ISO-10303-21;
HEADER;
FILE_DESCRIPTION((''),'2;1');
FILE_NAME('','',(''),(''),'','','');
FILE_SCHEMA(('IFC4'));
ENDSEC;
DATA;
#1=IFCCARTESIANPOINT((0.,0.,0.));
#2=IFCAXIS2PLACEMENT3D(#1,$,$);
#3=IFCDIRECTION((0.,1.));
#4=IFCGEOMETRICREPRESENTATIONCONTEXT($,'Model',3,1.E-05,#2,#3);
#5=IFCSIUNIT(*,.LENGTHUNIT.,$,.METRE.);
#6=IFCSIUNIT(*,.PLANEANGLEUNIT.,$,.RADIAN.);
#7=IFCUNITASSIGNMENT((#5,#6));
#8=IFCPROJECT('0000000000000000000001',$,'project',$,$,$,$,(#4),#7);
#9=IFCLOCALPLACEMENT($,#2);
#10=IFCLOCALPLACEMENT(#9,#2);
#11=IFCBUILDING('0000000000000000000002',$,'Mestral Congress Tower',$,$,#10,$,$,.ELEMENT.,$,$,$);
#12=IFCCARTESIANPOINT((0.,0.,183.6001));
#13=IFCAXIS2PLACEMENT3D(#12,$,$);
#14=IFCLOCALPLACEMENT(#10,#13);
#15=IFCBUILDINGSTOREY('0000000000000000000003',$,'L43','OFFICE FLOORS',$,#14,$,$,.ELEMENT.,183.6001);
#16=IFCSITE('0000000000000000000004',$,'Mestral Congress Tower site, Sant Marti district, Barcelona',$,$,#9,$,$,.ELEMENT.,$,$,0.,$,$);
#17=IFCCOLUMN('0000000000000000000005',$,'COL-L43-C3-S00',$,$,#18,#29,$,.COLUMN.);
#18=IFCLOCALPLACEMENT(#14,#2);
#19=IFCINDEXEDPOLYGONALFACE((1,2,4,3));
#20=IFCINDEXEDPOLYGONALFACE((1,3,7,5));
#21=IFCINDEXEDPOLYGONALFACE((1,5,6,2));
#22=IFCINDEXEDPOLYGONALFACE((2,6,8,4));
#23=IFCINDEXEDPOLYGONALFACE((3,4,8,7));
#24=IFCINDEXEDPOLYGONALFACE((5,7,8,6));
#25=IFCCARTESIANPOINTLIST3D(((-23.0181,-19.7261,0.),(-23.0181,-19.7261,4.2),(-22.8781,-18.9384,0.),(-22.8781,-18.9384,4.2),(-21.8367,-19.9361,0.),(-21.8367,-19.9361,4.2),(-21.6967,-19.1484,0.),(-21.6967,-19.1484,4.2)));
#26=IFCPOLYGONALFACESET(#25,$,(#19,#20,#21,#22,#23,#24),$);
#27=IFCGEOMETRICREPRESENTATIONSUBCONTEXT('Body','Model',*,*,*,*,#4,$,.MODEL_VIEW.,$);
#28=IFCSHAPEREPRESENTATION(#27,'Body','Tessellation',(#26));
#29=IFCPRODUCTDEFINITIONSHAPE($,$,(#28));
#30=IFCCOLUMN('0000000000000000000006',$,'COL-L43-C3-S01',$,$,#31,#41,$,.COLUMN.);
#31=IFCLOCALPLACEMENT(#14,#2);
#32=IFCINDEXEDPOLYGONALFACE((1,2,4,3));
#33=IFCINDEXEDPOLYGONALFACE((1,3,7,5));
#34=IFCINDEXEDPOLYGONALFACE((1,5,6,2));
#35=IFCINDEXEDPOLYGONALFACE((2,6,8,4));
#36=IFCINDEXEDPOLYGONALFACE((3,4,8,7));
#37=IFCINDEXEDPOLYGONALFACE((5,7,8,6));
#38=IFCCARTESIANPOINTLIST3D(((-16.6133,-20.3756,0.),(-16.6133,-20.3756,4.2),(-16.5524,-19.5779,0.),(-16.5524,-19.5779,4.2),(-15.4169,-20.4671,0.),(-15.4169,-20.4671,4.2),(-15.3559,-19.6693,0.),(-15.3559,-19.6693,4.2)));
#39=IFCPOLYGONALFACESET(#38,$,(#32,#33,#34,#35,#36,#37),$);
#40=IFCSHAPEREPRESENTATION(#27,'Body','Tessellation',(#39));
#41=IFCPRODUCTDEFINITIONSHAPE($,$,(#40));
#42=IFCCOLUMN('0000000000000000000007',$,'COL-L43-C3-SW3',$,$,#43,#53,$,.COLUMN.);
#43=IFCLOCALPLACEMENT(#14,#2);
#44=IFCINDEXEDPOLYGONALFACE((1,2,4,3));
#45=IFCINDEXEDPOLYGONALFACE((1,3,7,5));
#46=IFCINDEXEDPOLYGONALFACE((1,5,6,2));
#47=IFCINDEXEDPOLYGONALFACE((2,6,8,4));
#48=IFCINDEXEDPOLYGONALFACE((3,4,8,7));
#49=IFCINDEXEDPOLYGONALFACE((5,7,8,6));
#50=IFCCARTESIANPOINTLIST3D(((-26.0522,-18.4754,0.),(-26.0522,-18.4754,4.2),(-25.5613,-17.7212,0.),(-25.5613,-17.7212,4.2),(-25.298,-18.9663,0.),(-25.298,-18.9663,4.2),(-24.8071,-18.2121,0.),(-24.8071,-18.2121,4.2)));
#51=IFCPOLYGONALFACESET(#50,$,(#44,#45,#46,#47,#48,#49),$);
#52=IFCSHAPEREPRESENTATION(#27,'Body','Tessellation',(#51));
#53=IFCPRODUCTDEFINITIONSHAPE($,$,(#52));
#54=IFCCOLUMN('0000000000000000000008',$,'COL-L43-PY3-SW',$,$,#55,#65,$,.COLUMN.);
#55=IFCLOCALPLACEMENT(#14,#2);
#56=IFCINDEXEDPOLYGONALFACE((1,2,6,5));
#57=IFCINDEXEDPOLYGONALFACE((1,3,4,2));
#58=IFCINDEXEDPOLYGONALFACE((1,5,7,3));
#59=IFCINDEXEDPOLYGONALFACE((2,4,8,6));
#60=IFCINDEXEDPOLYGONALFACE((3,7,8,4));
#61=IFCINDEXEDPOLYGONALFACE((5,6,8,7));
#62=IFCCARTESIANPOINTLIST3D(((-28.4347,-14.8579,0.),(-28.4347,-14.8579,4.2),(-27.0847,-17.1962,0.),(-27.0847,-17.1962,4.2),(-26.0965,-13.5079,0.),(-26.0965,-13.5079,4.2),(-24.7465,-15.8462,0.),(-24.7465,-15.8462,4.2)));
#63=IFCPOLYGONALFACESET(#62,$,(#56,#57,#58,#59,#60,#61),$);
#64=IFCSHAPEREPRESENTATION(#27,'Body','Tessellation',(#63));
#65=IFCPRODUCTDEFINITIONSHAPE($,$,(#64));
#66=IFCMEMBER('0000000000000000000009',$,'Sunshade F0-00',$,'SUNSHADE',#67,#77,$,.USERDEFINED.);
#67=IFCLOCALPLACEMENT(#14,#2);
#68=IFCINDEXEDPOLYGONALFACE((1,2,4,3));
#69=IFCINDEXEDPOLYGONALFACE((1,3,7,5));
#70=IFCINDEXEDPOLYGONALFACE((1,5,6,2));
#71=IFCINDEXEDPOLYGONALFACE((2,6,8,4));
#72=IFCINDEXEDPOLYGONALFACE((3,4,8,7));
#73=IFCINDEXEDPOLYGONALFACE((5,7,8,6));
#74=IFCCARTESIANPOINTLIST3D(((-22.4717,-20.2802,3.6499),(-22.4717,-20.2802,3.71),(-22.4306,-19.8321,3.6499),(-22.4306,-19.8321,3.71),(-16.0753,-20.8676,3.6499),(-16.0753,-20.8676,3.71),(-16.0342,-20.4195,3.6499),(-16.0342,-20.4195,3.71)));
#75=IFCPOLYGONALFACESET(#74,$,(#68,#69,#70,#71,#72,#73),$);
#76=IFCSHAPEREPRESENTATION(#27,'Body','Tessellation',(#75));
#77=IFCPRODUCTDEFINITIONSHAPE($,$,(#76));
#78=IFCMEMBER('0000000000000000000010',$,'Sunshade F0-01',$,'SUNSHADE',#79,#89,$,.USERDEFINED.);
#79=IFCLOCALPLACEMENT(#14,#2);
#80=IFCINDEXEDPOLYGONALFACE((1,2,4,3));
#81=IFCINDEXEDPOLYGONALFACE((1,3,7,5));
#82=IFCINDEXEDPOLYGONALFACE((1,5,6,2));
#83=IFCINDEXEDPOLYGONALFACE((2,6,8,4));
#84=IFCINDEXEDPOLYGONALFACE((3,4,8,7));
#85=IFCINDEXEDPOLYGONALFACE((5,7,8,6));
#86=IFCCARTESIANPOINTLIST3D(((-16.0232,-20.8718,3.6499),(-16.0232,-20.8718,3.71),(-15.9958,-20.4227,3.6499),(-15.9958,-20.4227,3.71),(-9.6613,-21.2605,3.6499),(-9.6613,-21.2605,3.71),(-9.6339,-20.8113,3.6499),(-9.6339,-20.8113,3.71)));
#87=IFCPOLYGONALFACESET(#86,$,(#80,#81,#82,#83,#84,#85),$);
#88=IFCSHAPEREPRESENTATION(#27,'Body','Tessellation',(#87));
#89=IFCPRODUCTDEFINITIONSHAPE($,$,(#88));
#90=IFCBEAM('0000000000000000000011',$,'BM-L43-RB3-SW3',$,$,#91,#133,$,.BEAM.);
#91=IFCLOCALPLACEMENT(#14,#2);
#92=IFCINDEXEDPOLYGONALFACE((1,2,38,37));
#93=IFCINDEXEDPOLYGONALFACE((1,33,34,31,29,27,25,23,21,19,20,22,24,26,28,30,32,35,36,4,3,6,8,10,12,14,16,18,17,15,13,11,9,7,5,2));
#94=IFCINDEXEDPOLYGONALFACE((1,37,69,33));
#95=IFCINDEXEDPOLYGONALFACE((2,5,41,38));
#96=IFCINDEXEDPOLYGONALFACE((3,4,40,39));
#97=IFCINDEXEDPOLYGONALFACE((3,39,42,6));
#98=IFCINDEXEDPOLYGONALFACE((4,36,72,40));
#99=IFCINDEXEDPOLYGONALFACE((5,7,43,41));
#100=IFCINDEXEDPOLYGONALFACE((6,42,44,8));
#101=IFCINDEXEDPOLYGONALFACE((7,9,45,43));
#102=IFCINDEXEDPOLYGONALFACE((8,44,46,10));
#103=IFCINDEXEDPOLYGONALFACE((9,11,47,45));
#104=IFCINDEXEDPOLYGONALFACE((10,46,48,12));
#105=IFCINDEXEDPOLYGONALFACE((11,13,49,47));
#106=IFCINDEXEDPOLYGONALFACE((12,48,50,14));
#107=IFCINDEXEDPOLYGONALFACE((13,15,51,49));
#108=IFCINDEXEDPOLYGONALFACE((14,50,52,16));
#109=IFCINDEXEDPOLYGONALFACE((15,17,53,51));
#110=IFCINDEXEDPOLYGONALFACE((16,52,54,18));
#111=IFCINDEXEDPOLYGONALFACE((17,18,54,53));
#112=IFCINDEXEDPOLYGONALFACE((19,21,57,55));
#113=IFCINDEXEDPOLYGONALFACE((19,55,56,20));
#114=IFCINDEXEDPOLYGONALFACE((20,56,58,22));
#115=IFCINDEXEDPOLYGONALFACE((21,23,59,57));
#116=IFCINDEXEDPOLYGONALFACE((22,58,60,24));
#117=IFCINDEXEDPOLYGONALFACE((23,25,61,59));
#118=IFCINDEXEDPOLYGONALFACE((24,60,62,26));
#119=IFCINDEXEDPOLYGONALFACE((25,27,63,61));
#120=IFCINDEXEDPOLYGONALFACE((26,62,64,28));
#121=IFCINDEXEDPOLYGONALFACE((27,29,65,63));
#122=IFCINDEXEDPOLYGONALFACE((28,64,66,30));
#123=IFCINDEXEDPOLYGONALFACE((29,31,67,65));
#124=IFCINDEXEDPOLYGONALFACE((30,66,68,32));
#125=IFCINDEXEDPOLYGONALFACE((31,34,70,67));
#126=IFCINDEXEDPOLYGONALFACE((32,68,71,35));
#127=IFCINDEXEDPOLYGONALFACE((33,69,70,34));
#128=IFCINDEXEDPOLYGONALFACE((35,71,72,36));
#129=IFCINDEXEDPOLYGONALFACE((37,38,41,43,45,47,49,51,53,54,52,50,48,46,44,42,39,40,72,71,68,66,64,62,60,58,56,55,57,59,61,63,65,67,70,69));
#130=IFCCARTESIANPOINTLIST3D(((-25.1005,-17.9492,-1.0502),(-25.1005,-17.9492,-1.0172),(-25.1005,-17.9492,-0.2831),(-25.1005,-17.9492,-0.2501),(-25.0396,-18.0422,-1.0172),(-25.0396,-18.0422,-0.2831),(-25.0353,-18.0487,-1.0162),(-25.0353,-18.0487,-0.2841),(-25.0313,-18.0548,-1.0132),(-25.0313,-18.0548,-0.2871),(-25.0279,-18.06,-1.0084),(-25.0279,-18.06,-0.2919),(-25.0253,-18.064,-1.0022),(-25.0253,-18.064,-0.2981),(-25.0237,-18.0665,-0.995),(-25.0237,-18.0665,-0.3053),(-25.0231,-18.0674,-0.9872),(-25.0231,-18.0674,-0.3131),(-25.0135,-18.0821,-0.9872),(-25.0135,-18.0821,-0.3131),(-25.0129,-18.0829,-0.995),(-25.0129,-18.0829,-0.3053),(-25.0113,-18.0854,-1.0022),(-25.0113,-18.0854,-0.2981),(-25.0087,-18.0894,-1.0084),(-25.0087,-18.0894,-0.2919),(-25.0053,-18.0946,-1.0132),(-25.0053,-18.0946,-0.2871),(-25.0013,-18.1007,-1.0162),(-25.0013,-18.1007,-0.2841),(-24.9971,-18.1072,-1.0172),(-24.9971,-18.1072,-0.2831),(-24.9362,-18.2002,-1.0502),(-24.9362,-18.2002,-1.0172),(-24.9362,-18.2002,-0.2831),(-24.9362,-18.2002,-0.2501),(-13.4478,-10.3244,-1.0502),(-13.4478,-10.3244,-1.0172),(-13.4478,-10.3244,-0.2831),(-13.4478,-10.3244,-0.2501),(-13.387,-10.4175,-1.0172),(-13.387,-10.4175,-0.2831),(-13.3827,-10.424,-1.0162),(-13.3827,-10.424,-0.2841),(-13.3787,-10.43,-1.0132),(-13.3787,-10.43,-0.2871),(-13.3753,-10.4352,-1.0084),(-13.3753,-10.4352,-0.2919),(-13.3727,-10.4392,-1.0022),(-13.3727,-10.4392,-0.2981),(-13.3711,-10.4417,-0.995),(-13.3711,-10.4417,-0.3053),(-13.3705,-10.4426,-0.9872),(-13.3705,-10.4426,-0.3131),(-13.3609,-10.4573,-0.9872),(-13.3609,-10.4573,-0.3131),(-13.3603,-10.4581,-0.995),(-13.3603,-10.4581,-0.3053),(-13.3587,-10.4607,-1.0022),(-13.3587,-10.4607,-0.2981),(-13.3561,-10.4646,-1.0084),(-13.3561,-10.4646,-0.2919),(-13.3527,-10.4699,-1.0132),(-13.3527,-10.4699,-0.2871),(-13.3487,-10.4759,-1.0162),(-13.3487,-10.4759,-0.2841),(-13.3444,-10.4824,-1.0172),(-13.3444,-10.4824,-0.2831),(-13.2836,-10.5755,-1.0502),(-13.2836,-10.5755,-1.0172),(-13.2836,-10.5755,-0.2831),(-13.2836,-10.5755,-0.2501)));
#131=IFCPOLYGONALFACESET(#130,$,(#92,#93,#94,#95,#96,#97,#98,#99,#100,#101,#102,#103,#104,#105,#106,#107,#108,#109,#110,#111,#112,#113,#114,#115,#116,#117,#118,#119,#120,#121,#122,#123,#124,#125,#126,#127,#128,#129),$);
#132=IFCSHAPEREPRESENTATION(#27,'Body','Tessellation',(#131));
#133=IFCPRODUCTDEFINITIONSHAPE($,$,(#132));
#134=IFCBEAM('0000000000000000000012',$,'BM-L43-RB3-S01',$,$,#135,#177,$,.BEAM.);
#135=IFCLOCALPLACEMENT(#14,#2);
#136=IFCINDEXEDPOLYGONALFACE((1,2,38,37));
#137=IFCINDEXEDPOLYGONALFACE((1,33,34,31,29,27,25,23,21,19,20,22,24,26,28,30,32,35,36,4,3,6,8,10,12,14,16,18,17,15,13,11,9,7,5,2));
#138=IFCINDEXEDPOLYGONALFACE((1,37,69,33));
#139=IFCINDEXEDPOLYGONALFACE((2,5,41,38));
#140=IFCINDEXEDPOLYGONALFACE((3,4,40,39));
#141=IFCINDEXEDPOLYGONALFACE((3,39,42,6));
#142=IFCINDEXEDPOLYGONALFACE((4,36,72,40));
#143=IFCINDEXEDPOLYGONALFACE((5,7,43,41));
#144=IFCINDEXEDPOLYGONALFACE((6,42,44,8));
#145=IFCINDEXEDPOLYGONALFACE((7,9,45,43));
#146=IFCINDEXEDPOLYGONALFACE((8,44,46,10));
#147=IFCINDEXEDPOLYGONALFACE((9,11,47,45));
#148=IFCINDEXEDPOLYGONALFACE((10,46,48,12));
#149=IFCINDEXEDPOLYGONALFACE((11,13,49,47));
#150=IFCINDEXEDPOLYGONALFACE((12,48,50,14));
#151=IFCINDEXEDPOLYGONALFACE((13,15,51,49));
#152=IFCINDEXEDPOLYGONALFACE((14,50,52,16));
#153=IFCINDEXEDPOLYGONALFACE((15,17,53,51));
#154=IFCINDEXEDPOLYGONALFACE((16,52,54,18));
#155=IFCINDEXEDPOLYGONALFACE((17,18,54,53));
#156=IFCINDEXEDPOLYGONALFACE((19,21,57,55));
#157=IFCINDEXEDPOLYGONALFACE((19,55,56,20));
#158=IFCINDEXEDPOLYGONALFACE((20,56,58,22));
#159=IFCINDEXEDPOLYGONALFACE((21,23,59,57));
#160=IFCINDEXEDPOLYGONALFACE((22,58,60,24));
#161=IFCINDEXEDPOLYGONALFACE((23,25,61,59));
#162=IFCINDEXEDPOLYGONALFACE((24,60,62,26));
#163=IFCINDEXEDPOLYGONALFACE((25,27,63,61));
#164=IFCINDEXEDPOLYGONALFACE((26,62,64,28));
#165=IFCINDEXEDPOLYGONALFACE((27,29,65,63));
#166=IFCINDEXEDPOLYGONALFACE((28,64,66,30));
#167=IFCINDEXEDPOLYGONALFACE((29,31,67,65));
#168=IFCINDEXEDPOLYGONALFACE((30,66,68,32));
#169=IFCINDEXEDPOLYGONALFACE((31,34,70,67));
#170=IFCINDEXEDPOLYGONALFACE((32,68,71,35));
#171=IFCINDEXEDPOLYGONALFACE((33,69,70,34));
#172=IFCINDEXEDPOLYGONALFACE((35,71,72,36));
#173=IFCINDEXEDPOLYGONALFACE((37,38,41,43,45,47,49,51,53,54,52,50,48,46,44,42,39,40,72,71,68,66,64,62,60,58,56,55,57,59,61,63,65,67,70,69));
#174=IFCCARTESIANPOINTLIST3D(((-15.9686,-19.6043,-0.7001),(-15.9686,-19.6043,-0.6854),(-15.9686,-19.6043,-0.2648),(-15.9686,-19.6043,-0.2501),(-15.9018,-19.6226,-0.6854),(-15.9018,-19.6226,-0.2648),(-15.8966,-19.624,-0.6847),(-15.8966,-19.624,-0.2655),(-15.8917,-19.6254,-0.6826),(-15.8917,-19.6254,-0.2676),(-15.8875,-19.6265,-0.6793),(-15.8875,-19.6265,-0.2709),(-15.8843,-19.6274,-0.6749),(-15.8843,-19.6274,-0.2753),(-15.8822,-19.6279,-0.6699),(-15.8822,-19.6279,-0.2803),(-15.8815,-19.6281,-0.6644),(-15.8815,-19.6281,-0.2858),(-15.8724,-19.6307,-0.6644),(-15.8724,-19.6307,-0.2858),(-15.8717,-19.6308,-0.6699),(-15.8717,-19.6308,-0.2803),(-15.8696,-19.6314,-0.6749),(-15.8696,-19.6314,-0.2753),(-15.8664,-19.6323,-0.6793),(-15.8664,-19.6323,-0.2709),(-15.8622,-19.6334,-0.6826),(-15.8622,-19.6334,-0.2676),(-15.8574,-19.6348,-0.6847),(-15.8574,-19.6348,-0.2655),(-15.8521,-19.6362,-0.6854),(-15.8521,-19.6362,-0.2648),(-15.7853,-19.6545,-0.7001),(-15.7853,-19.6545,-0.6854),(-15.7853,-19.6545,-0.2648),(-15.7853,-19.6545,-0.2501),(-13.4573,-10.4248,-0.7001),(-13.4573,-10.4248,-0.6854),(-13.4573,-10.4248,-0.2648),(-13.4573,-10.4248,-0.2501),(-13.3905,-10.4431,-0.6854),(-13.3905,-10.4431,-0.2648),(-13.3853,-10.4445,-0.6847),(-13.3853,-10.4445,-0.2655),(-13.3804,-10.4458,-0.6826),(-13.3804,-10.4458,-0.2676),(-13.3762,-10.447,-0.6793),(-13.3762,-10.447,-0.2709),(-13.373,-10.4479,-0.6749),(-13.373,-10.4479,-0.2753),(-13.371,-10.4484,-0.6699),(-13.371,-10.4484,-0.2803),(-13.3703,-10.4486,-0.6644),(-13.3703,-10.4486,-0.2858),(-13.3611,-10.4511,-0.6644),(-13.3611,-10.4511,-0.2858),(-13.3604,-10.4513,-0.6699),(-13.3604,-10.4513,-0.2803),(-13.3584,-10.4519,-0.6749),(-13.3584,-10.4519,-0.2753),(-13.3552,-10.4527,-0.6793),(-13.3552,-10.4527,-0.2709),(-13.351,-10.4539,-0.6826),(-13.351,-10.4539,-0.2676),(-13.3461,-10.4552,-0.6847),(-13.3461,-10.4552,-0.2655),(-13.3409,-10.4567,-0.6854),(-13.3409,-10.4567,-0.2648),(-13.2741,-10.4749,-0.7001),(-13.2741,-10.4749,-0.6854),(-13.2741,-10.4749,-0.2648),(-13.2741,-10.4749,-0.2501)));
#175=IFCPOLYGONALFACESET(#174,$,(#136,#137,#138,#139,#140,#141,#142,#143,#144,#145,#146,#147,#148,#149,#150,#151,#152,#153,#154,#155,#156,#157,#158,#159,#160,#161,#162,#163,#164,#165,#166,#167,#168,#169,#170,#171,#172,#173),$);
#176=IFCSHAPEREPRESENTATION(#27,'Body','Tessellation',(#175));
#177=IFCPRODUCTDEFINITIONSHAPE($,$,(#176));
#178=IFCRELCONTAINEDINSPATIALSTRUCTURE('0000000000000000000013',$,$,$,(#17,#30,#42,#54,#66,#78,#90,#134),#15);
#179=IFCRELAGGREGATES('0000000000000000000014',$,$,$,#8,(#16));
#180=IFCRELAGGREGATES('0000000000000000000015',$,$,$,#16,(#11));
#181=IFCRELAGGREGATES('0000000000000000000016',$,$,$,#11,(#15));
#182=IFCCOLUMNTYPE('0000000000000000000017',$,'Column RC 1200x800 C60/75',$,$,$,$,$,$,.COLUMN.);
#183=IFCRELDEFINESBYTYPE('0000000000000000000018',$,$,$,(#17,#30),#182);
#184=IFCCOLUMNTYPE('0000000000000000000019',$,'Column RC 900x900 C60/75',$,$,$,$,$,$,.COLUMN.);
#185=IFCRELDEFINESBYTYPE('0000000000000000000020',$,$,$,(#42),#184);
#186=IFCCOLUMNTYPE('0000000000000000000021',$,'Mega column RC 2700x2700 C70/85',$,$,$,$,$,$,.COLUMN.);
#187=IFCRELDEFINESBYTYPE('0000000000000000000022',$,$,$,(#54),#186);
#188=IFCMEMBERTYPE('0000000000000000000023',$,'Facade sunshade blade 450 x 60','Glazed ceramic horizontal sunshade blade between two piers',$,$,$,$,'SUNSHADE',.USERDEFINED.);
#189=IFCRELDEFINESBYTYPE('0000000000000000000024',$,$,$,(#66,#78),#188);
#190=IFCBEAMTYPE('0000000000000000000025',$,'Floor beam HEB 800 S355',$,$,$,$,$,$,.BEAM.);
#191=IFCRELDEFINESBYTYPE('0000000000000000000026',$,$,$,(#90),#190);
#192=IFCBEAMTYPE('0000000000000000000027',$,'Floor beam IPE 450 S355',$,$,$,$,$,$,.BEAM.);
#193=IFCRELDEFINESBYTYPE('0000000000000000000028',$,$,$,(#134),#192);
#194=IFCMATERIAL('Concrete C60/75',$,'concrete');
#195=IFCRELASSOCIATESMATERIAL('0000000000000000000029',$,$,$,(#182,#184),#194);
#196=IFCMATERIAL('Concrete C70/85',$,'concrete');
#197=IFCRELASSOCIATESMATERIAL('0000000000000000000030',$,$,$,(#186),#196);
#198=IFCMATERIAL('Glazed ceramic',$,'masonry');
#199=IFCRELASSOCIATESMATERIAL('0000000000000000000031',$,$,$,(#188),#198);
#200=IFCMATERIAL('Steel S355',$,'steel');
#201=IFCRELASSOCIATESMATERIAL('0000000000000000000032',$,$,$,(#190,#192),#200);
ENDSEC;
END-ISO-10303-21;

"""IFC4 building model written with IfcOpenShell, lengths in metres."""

from ifc_helpers import new_model, si_unit, direction, frame, origin, origin_2d, place, context, subcontext, project, spatial, rectangle, i_section, extrude, material, material_profile, profile_set, type_object, element, save


model = new_model("IFC4")

# Units and contexts
model_context = context("Model", 3, precision=1e-05, world=origin(), true_north=direction((0.0, 1.0)))
body_context = subcontext(model_context, "Body", "Model", "MODEL_VIEW")
ifc_project = project(units=[si_unit("LENGTHUNIT", "METRE"), si_unit("PLANEANGLEUNIT", "RADIAN")], contexts=[model_context])

# Site, building, storey
site_placement = place(None, origin())
site = spatial("IfcSite", under=ifc_project, at=site_placement, Name="Mestral Congress Tower site, Sant Marti district, Barcelona", CompositionType="ELEMENT", RefElevation=0.0)
building_placement = place(site_placement, origin())
building = spatial("IfcBuilding", under=site, at=building_placement, Name="Mestral Congress Tower", CompositionType="ELEMENT")
storey_placement = place(building_placement, frame((0.0, 0.0, 183.6001)))
storey = spatial("IfcBuildingStorey", under=building, at=storey_placement, Name="L43", Description="OFFICE FLOORS", CompositionType="ELEMENT", Elevation=183.6001)

# Columns
ifc_material_1 = material(Name="Concrete C60/75", Category="concrete")
ifc_material_profile_1 = material_profile(ifc_material_1, rectangle(XDim=1.2, YDim=0.8, at=origin_2d()), Name="RC 1200x800")
ifc_profile_set_1 = profile_set([ifc_material_profile_1], Name="Concrete C60/75")
column_type_1 = type_object("IfcColumnType", Name="Column RC 1200x800 C60/75", PredefinedType="COLUMN", material=ifc_profile_set_1)
for number, where, z_axis, x_axis, name in (
    (1, (-22.3574, -19.4373, 0.0), (0.0, 0.0, 1.0), (0.984571, -0.174985, 0.0), "COL-L43-C3-S00"),
    (2, (-15.9846, -20.0225, 0.0), (0.0, 0.0, 1.0), (0.99709, -0.076237, 0.0), "COL-L43-C3-S01"),
):
    element("IfcColumn", number, at=place(storey_placement, frame(where, z_axis=z_axis, x_axis=x_axis)), inside=storey, type_object=column_type_1, Name=name, PredefinedType="COLUMN", context=body_context, shape_type="SweptSolid", body=[
        extrude(rectangle(XDim=1.2, YDim=0.8, at=origin_2d()), origin(), (0.0, 0.0, 1.0), 4.2),
    ])
ifc_material_profile_2 = material_profile(ifc_material_1, rectangle(XDim=0.8999, YDim=0.8999, at=origin_2d()), Name="RC 900x900")
ifc_profile_set_2 = profile_set([ifc_material_profile_2], Name="Concrete C60/75")
column_type_2 = type_object("IfcColumnType", Name="Column RC 900x900 C60/75", PredefinedType="COLUMN", material=ifc_profile_set_2)
column_1_placement = place(storey_placement, frame((-25.4297, -18.3438, 0.0), z_axis=(0.0, 0.0, 1.0), x_axis=(0.838094, -0.545526, 0.0)))
element("IfcColumn", 3, at=column_1_placement, inside=storey, type_object=column_type_2, Name="COL-L43-C3-SW3", PredefinedType="COLUMN", context=body_context, shape_type="SweptSolid", body=[
    extrude(rectangle(XDim=0.8999, YDim=0.8999, at=origin_2d()), origin(), (0.0, 0.0, 1.0), 4.2),
])
ifc_material_2 = material(Name="Concrete C70/85", Category="concrete")
ifc_material_profile_3 = material_profile(ifc_material_2, rectangle(XDim=2.7, YDim=2.7, at=origin_2d()), Name="RC 2700x2700")
ifc_profile_set_3 = profile_set([ifc_material_profile_3], Name="Concrete C70/85")
column_type_3 = type_object("IfcColumnType", Name="Mega column RC 2700x2700 C70/85", PredefinedType="COLUMN", material=ifc_profile_set_3)
column_2_placement = place(storey_placement, frame((-26.5906, -15.3521, 0.0), z_axis=(0.0, 0.0, 1.0), x_axis=(-0.866025, -0.5, 0.0)))
element("IfcColumn", 4, at=column_2_placement, inside=storey, type_object=column_type_3, Name="COL-L43-PY3-SW", PredefinedType="COLUMN", context=body_context, shape_type="SweptSolid", body=[
    extrude(rectangle(XDim=2.7, YDim=2.7, at=origin_2d()), origin(), (0.0, 0.0, 1.0), 4.2),
])

# Members
ifc_material_3 = material(Name="Glazed ceramic", Category="masonry")
ifc_material_profile_4 = material_profile(ifc_material_3, rectangle(XDim=0.45, YDim=0.0601, at=origin_2d()), Name="Ceramic blade 450 x 60")
ifc_profile_set_4 = profile_set([ifc_material_profile_4], Name="Glazed ceramic")
member_type = type_object("IfcMemberType", Name="Facade sunshade blade 450 x 60", Description="Glazed ceramic horizontal sunshade blade between two piers", ElementType="SUNSHADE", PredefinedType="USERDEFINED", material=ifc_profile_set_4)
member_1_placement = place(storey_placement, frame((-22.4512, -20.0562, 3.6799), z_axis=(0.99581, -0.091447, 0.0), x_axis=(0.091447, 0.99581, 0.0)))
element("IfcMember", 5, at=member_1_placement, inside=storey, type_object=member_type, Name="Sunshade F0-00", ObjectType="SUNSHADE", PredefinedType="USERDEFINED", context=body_context, shape_type="SweptSolid", body=[
    extrude(rectangle(XDim=0.45, YDim=0.0601, at=origin_2d()), origin(), (0.0, 0.0, 1.0), 6.4233),
])
member_2_placement = place(storey_placement, frame((-16.0095, -20.6472, 3.6799), z_axis=(0.998139, -0.060981, 0.0), x_axis=(0.060981, 0.998139, 0.0)))
element("IfcMember", 6, at=member_2_placement, inside=storey, type_object=member_type, Name="Sunshade F0-01", ObjectType="SUNSHADE", PredefinedType="USERDEFINED", context=body_context, shape_type="SweptSolid", body=[
    extrude(rectangle(XDim=0.45, YDim=0.0601, at=origin_2d()), origin(), (0.0, 0.0, 1.0), 6.3738),
])

# Beams
ifc_material_4 = material(Name="Steel S355", Category="steel")
ifc_material_profile_5 = material_profile(ifc_material_4, i_section(OverallWidth=0.3, OverallDepth=0.8, WebThickness=0.0176, FlangeThickness=0.033, FilletRadius=0.03, at=origin_2d()), Name="HEB 800")
ifc_profile_set_5 = profile_set([ifc_material_profile_5], Name="Steel S355")
beam_type_1 = type_object("IfcBeamType", Name="Floor beam HEB 800 S355", PredefinedType="BEAM", material=ifc_profile_set_5)
beam_1_placement = place(storey_placement, frame((-25.0183, -18.0747, -0.6501), z_axis=(0.83678, 0.547539, 0.0), x_axis=(-0.547539, 0.83678, 0.0)))
element("IfcBeam", 7, at=beam_1_placement, inside=storey, type_object=beam_type_1, Name="BM-L43-RB3-SW3", PredefinedType="BEAM", context=body_context, shape_type="SweptSolid", body=[
    extrude(i_section(OverallWidth=0.3, OverallDepth=0.8, WebThickness=0.0176, FlangeThickness=0.033, FilletRadius=0.03, at=origin_2d()), origin(), (0.0, 0.0, 1.0), 13.9255),
])
ifc_material_profile_6 = material_profile(ifc_material_4, i_section(OverallWidth=0.1899, OverallDepth=0.45, WebThickness=0.0095, FlangeThickness=0.0146, FilletRadius=0.021, at=origin_2d()), Name="IPE 450")
ifc_profile_set_6 = profile_set([ifc_material_profile_6], Name="Steel S355")
beam_type_2 = type_object("IfcBeamType", Name="Floor beam IPE 450 S355", PredefinedType="BEAM", material=ifc_profile_set_6)
beam_2_placement = place(storey_placement, frame((-15.877, -19.6294, -0.4751), z_axis=(0.263875, 0.964557, 0.0), x_axis=(-0.964557, 0.263875, 0.0)))
element("IfcBeam", 8, at=beam_2_placement, inside=storey, type_object=beam_type_2, Name="BM-L43-RB3-S01", PredefinedType="BEAM", context=body_context, shape_type="SweptSolid", body=[
    extrude(i_section(OverallWidth=0.1899, OverallDepth=0.45, WebThickness=0.0095, FlangeThickness=0.0146, FilletRadius=0.021, at=origin_2d()), origin(), (0.0, 0.0, 1.0), 9.5168),
])

save(model, "model.ifc")
